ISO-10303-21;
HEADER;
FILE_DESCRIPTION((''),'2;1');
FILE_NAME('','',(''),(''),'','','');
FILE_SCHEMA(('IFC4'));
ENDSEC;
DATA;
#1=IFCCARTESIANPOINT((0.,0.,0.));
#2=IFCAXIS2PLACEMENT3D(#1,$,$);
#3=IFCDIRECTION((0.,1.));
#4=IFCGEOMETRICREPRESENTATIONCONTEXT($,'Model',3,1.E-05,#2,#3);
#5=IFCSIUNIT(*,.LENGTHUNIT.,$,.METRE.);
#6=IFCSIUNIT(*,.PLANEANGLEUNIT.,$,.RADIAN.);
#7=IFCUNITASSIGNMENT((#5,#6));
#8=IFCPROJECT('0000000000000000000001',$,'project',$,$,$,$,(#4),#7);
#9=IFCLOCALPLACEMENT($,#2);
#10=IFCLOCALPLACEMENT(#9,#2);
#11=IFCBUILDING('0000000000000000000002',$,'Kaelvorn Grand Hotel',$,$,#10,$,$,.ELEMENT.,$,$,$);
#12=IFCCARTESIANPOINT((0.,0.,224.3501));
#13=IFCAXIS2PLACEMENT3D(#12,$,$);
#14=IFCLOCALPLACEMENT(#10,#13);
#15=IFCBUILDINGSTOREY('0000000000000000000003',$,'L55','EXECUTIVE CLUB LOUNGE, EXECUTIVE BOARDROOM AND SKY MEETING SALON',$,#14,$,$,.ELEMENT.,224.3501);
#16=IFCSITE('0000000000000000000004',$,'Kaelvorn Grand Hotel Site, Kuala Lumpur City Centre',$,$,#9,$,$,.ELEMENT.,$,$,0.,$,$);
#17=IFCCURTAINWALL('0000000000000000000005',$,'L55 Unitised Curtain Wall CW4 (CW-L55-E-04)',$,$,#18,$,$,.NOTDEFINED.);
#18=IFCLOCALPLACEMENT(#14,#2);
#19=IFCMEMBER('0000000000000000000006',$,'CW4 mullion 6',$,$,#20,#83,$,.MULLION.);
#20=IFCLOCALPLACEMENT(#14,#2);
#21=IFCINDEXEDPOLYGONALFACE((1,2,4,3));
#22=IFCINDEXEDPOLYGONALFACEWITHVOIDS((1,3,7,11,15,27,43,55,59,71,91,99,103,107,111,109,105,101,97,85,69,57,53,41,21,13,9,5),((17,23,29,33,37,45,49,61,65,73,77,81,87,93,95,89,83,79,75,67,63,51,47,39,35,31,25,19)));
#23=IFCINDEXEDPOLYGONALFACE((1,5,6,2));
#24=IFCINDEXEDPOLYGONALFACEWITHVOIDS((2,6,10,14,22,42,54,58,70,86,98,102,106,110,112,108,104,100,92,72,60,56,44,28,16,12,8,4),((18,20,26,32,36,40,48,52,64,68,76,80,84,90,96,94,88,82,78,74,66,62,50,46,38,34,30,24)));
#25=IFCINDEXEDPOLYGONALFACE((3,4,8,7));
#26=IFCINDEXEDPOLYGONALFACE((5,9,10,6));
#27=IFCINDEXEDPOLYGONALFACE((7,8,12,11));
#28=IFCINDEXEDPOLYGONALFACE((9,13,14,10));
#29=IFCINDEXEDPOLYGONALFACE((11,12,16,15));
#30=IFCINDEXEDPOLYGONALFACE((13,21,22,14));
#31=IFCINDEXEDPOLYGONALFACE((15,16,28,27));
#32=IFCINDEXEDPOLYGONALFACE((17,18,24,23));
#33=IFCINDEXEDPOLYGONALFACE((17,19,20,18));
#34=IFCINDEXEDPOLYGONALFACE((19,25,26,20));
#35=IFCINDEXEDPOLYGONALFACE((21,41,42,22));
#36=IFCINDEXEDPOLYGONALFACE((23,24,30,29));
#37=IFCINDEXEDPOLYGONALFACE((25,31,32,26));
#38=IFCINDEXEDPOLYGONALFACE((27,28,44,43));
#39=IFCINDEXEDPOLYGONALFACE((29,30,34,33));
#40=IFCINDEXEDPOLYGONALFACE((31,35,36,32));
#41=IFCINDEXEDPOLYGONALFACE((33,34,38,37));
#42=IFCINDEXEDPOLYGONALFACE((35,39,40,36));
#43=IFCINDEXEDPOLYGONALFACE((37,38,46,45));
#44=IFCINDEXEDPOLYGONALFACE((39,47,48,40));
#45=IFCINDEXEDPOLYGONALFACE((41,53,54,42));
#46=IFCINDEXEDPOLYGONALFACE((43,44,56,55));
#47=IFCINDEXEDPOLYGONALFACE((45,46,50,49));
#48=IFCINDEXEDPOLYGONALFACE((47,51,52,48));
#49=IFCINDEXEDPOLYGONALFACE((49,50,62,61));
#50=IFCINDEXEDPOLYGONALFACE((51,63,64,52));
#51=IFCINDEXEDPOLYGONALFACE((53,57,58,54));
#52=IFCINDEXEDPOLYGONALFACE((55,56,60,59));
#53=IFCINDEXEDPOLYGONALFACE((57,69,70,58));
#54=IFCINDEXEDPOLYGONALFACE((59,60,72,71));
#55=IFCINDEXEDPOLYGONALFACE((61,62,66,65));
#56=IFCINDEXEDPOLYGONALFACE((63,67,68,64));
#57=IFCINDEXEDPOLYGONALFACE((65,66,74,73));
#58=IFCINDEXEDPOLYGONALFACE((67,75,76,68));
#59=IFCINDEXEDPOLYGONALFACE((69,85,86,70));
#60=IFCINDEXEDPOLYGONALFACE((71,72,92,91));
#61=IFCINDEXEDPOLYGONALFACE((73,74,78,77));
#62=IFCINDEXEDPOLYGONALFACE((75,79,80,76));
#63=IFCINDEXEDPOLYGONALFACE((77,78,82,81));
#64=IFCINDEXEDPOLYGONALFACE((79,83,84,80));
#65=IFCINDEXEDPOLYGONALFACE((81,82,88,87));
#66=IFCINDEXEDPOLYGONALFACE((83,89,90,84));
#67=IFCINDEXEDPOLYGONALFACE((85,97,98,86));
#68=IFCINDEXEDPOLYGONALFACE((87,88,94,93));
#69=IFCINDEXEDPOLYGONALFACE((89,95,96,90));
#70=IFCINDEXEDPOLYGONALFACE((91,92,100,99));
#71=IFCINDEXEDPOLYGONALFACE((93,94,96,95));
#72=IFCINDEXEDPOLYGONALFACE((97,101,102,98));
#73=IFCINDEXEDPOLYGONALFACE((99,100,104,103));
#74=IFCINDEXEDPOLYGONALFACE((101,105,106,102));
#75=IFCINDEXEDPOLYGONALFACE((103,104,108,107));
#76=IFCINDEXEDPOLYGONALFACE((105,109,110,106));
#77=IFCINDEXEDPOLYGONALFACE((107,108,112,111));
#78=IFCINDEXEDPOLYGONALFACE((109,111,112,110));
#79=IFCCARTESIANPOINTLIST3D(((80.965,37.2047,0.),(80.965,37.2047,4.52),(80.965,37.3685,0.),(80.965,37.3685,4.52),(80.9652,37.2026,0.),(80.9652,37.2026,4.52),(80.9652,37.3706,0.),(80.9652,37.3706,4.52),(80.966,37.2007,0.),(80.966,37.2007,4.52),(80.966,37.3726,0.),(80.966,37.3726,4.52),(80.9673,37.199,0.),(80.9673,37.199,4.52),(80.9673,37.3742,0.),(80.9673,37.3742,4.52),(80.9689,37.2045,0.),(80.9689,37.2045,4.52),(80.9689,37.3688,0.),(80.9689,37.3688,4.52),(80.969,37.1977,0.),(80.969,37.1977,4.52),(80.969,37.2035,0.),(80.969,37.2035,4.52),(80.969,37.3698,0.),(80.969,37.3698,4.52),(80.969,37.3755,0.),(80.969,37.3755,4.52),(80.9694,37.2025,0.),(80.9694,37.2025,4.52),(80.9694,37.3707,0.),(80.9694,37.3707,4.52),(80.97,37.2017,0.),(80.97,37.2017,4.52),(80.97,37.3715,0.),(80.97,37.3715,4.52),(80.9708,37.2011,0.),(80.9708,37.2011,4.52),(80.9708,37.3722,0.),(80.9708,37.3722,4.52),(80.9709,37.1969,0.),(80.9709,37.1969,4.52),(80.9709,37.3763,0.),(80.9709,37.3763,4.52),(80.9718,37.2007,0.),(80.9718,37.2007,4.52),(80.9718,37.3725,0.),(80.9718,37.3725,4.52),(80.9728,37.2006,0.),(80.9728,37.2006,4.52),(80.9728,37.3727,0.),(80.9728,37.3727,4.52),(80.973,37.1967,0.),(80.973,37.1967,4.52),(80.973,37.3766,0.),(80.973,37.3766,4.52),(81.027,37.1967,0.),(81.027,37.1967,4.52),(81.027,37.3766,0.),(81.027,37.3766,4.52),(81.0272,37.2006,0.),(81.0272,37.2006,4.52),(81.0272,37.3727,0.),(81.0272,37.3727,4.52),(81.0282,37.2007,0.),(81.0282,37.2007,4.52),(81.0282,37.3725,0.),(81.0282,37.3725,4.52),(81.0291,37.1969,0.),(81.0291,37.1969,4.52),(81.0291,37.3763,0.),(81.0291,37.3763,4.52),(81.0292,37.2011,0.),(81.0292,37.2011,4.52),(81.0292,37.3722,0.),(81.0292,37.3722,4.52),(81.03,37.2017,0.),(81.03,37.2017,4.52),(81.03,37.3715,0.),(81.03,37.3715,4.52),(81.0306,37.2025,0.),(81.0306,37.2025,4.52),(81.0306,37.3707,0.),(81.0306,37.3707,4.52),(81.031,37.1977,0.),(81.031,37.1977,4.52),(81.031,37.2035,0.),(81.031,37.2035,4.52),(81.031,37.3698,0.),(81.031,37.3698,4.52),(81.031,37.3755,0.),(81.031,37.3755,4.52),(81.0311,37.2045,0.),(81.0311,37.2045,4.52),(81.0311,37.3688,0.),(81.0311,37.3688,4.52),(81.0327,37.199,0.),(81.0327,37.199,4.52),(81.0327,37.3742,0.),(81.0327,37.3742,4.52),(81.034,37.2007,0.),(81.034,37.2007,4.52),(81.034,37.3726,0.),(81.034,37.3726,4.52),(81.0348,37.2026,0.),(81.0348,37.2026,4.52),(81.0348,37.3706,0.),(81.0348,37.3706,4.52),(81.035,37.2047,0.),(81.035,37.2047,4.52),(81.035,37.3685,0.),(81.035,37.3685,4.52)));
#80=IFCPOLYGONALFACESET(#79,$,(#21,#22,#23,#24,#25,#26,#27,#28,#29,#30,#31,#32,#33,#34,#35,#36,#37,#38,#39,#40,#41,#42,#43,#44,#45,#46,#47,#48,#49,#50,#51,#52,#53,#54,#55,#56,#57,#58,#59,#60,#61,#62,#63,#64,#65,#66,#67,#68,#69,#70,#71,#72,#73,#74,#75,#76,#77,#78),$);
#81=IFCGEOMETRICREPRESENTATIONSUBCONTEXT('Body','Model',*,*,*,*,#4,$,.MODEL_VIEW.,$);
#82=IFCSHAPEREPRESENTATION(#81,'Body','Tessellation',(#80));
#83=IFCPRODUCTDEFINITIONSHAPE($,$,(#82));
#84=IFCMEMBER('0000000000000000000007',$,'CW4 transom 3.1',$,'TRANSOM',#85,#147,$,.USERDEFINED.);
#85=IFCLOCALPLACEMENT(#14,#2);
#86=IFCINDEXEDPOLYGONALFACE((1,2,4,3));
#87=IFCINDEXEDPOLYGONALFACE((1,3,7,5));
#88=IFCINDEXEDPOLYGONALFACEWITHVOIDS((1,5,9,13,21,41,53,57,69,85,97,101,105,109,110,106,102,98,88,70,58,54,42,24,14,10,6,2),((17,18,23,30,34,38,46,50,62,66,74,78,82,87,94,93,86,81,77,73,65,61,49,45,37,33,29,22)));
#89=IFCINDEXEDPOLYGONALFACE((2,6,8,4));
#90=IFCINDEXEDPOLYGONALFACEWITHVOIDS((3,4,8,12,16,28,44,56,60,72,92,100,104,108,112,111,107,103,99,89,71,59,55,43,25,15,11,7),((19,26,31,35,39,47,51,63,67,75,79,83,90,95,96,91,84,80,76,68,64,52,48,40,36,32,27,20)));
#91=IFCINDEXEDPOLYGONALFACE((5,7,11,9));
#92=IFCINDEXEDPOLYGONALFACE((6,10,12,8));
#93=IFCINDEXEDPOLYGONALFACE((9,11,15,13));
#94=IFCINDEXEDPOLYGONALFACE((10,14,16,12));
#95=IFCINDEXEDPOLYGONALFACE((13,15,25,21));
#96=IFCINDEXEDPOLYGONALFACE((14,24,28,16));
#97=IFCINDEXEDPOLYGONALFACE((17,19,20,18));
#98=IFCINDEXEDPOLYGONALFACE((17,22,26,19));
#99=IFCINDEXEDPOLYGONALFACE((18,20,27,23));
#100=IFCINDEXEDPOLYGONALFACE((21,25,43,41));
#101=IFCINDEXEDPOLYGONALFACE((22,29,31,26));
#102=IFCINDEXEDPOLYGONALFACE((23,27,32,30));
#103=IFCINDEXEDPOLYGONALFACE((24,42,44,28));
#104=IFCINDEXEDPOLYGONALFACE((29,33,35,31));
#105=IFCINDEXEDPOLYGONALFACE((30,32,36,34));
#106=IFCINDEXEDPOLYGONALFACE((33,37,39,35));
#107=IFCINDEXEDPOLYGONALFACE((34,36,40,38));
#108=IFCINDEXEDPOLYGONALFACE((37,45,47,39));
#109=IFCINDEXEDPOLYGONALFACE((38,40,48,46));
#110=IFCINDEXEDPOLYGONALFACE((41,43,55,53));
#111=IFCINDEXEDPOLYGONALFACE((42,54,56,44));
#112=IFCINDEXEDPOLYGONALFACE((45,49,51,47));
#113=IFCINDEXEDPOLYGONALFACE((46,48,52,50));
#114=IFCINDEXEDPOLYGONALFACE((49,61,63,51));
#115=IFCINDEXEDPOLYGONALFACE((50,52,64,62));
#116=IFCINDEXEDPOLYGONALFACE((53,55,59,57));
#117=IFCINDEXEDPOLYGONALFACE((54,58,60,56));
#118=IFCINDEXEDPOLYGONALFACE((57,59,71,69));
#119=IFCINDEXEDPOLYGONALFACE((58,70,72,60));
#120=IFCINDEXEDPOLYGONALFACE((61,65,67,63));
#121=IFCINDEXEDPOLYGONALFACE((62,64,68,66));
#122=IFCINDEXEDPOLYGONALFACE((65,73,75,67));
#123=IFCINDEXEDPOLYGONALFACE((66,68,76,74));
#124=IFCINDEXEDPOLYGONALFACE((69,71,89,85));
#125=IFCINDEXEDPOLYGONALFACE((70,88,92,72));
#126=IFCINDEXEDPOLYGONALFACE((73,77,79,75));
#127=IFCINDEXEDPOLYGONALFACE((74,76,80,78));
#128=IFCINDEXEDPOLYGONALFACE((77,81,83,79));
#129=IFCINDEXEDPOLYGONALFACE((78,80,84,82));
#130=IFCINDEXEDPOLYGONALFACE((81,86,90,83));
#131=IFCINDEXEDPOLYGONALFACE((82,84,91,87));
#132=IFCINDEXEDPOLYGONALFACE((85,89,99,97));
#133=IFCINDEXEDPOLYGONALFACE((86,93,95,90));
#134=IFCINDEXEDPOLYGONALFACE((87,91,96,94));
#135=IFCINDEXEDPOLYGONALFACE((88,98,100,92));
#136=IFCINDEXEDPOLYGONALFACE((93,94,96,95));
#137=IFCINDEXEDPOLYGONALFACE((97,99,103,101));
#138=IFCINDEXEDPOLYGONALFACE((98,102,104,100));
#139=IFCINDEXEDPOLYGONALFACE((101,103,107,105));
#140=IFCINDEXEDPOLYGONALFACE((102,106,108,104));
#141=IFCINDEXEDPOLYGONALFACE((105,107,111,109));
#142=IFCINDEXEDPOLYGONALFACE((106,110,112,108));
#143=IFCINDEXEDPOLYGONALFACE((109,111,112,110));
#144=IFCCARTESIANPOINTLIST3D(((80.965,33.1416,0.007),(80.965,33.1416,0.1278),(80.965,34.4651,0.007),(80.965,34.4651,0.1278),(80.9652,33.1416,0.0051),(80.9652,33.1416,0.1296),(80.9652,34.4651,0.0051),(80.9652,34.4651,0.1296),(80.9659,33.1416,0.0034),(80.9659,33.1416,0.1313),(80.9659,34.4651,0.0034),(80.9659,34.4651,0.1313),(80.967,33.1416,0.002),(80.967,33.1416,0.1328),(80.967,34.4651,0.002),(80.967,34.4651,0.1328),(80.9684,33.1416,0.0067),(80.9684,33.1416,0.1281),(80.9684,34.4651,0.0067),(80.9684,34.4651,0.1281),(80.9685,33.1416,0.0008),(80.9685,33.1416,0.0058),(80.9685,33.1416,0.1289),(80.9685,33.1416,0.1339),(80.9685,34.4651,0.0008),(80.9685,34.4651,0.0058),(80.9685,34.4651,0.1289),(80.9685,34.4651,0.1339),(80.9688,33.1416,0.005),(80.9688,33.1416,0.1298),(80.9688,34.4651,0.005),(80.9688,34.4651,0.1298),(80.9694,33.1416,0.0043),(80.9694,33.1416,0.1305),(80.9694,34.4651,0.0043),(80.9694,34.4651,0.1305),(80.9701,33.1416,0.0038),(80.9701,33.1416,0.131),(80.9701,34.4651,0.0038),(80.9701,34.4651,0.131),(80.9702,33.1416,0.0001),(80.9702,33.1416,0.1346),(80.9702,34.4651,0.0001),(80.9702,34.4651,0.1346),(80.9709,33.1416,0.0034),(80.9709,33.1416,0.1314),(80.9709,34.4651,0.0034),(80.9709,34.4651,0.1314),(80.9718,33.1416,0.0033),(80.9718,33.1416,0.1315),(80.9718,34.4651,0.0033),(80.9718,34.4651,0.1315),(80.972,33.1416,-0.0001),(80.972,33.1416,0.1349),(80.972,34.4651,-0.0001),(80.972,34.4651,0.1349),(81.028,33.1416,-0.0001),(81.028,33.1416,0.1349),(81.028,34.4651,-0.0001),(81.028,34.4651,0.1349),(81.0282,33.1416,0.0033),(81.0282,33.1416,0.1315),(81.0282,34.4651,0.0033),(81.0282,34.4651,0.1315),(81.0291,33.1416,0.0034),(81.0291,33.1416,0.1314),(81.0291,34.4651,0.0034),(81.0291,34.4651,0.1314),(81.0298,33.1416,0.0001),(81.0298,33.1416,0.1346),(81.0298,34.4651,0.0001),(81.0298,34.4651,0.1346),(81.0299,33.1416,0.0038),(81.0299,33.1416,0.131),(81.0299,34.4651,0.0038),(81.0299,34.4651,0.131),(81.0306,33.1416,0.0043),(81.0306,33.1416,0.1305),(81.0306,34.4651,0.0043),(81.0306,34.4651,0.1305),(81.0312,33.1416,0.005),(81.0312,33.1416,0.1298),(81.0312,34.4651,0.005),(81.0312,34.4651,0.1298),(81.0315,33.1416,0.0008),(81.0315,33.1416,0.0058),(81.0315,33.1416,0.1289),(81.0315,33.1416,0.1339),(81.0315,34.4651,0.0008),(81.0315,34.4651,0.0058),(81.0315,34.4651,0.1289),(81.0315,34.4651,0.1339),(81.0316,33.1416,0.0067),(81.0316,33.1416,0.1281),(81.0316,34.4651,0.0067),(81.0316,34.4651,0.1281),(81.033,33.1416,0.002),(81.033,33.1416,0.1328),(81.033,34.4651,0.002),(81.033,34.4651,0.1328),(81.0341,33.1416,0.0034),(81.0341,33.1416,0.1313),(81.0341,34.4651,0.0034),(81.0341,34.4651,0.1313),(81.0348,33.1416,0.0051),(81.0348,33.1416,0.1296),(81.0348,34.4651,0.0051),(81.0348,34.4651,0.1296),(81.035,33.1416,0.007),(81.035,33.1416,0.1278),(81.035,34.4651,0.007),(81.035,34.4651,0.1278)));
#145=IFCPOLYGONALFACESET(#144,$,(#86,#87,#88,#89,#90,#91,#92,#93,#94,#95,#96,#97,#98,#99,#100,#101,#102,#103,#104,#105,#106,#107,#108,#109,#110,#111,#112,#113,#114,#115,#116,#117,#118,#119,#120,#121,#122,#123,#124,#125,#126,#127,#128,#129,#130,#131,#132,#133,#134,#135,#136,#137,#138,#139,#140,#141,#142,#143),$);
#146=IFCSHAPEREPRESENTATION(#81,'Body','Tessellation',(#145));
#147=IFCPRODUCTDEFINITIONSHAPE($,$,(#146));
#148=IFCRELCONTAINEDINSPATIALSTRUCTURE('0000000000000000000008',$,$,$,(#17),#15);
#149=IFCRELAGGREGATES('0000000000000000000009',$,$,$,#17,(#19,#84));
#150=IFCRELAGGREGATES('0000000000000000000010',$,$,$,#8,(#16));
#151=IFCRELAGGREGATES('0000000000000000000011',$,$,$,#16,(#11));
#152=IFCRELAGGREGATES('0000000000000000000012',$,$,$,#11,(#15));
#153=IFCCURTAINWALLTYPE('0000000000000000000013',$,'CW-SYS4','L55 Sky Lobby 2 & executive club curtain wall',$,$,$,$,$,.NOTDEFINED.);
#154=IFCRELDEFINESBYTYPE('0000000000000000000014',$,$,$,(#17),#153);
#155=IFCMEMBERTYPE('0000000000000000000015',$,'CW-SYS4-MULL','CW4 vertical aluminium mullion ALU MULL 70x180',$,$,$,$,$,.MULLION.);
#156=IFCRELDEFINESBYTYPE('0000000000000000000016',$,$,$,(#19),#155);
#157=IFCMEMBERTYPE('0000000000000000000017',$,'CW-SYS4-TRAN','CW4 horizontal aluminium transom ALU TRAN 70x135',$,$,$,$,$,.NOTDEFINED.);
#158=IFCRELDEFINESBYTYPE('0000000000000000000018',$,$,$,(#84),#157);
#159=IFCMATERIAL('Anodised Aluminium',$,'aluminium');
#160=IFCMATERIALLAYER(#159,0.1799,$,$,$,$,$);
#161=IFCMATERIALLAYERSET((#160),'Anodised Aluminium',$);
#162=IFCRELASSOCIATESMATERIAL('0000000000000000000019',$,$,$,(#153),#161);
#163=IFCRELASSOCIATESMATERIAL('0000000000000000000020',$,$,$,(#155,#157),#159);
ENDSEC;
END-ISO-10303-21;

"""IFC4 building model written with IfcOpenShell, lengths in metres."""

from ifc_helpers import new_model, si_unit, direction, frame, origin, origin_2d, place, context, subcontext, project, spatial, hollow_rectangle, extrude, material, layer, layer_set, material_profile, profile_set, type_object, element, aggregate, save


model = new_model("IFC4")

# Units and contexts
model_context = context("Model", 3, precision=1e-05, world=origin(), true_north=direction((0.0, 1.0)))
body_context = subcontext(model_context, "Body", "Model", "MODEL_VIEW")
ifc_project = project(units=[si_unit("LENGTHUNIT", "METRE"), si_unit("PLANEANGLEUNIT", "RADIAN")], contexts=[model_context])

# Site, building, storey
site_placement = place(None, origin())
site = spatial("IfcSite", under=ifc_project, at=site_placement, Name="Kaelvorn Grand Hotel Site, Kuala Lumpur City Centre", CompositionType="ELEMENT", RefElevation=0.0)
building_placement = place(site_placement, origin())
building = spatial("IfcBuilding", under=site, at=building_placement, Name="Kaelvorn Grand Hotel", CompositionType="ELEMENT")
storey_placement = place(building_placement, frame((0.0, 0.0, 224.3501)))
storey = spatial("IfcBuildingStorey", under=building, at=storey_placement, Name="L55", Description="EXECUTIVE CLUB LOUNGE, EXECUTIVE BOARDROOM AND SKY MEETING SALON", CompositionType="ELEMENT", Elevation=224.3501)

# Curtain wall, members
ifc_material_1 = material(Name="Anodised Aluminium", Category="aluminium")
ifc_layer_1 = layer(ifc_material_1, 0.1799)
ifc_layer_set_1 = layer_set([ifc_layer_1], Name="Anodised Aluminium")
curtain_wall_type = type_object("IfcCurtainWallType", Name="CW-SYS4", Description="L55 Sky Lobby 2 & executive club curtain wall", PredefinedType="NOTDEFINED", material=ifc_layer_set_1)
curtain_wall_placement = place(storey_placement, origin())
curtain_wall = element("IfcCurtainWall", 1, at=curtain_wall_placement, inside=storey, type_object=curtain_wall_type, Name="L55 Unitised Curtain Wall CW4 (CW-L55-E-04)", PredefinedType="NOTDEFINED")
ifc_material_profile_1 = material_profile(ifc_material_1, hollow_rectangle(XDim=0.0701, YDim=0.1799, WallThickness=0.0039, InnerFilletRadius=0.0039, OuterFilletRadius=0.0081, at=origin_2d()), Name="ALU MULL 70x180")
ifc_profile_set_1 = profile_set([ifc_material_profile_1], Name="Anodised Aluminium")
member_type_1 = type_object("IfcMemberType", Name="CW-SYS4-MULL", Description="CW4 vertical aluminium mullion ALU MULL 70x180", PredefinedType="MULLION", material=ifc_profile_set_1)
member_1_placement = place(storey_placement, frame((81.0, 37.2866, 0.0), z_axis=(0.0, 0.0, 1.0), x_axis=(-1.0, 0.0, 0.0)))
member_1 = element("IfcMember", 2, at=member_1_placement, type_object=member_type_1, Name="CW4 mullion 6", PredefinedType="MULLION", context=body_context, shape_type="SweptSolid", body=[
    extrude(hollow_rectangle(XDim=0.0701, YDim=0.1799, WallThickness=0.0039, InnerFilletRadius=0.0039, OuterFilletRadius=0.0081, at=origin_2d()), origin(), (0.0, 0.0, 1.0), 4.52),
])
ifc_material_profile_2 = material_profile(ifc_material_1, hollow_rectangle(XDim=0.0701, YDim=0.135, WallThickness=0.0034, InnerFilletRadius=0.0034, OuterFilletRadius=0.0071, at=origin_2d()), Name="ALU TRAN 70x135")
ifc_profile_set_2 = profile_set([ifc_material_profile_2], Name="Anodised Aluminium")
member_type_2 = type_object("IfcMemberType", Name="CW-SYS4-TRAN", Description="CW4 horizontal aluminium transom ALU TRAN 70x135", PredefinedType="NOTDEFINED", material=ifc_profile_set_2)
member_2_placement = place(storey_placement, frame((81.0, 33.1416, 0.0674), z_axis=(0.0, 1.0, 0.0), x_axis=(-1.0, 0.0, 0.0)))
member_2 = element("IfcMember", 3, at=member_2_placement, type_object=member_type_2, Name="CW4 transom 3.1", ObjectType="TRANSOM", PredefinedType="USERDEFINED", context=body_context, shape_type="SweptSolid", body=[
    extrude(hollow_rectangle(XDim=0.0701, YDim=0.135, WallThickness=0.0034, InnerFilletRadius=0.0034, OuterFilletRadius=0.0071, at=origin_2d()), origin(), (0.0, 0.0, 1.0), 1.3235),
])
aggregate(curtain_wall, [member_1, member_2])

save(model, "model.ifc")
